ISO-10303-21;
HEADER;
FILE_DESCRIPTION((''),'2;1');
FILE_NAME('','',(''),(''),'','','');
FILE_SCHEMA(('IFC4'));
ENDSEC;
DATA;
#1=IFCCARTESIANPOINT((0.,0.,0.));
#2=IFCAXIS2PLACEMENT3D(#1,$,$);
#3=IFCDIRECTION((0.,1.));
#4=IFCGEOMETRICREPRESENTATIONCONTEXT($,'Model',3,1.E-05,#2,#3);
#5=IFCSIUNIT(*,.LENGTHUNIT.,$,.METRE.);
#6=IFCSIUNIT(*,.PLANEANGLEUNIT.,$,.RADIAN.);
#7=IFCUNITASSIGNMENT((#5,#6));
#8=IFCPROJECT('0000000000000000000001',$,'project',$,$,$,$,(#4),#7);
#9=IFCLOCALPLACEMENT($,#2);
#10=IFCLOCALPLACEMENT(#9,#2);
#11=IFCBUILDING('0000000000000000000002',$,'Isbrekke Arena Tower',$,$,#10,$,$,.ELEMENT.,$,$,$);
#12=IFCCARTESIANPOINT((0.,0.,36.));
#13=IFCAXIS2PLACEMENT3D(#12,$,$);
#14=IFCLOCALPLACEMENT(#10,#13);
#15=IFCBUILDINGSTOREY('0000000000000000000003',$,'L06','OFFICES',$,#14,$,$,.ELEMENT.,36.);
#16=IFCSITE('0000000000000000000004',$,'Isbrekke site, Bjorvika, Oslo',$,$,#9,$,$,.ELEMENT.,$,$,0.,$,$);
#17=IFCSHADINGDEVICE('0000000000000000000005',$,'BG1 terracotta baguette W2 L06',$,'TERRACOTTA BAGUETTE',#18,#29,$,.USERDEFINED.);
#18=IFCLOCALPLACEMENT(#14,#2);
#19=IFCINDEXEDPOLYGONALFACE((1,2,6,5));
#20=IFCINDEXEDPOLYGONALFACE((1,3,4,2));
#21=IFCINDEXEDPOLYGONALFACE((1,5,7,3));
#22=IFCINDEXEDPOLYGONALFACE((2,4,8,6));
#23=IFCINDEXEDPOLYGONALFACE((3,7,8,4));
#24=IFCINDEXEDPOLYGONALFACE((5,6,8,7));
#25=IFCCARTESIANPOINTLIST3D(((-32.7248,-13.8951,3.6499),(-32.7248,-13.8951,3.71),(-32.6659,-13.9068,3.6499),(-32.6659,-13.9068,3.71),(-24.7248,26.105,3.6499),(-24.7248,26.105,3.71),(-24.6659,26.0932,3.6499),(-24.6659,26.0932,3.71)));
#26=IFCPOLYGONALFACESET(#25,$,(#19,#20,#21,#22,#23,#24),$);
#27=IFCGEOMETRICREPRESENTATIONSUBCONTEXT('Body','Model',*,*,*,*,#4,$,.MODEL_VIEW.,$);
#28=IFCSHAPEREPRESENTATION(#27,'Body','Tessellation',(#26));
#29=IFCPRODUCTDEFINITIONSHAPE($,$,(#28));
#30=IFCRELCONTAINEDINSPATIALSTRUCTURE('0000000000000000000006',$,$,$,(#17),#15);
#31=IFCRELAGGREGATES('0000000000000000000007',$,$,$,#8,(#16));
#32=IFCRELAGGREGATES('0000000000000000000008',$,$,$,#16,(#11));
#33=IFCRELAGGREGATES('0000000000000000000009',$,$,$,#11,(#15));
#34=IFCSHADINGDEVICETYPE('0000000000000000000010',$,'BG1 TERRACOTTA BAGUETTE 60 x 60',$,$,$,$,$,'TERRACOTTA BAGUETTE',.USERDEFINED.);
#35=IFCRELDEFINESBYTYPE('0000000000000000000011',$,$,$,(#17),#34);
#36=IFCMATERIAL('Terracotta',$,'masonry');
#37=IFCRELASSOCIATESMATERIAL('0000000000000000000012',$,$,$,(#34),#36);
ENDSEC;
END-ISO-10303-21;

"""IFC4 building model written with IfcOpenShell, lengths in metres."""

from ifc_helpers import new_model, si_unit, direction, frame, origin, origin_2d, place, context, subcontext, project, spatial, rectangle, extrude, material, material_profile, profile_set, type_object, element, save


model = new_model("IFC4")

# Units and contexts
model_context = context("Model", 3, precision=1e-05, world=origin(), true_north=direction((0.0, 1.0)))
body_context = subcontext(model_context, "Body", "Model", "MODEL_VIEW")
ifc_project = project(units=[si_unit("LENGTHUNIT", "METRE"), si_unit("PLANEANGLEUNIT", "RADIAN")], contexts=[model_context])

# Site, building, storey
site_placement = place(None, origin())
site = spatial("IfcSite", under=ifc_project, at=site_placement, Name="Isbrekke site, Bjorvika, Oslo", CompositionType="ELEMENT", RefElevation=0.0)
building_placement = place(site_placement, origin())
building = spatial("IfcBuilding", under=site, at=building_placement, Name="Isbrekke Arena Tower", CompositionType="ELEMENT")
storey_placement = place(building_placement, frame((0.0, 0.0, 36.0)))
storey = spatial("IfcBuildingStorey", under=building, at=storey_placement, Name="L06", Description="OFFICES", CompositionType="ELEMENT", Elevation=36.0)

# Shading device
ifc_material_1 = material(Name="Terracotta", Category="masonry")
ifc_material_profile_1 = material_profile(ifc_material_1, rectangle(XDim=0.0601, YDim=0.0601, at=origin_2d()), Name="BAGUETTE 60X60")
ifc_profile_set_1 = profile_set([ifc_material_profile_1], Name="Terracotta")
shading_device_type = type_object("IfcShadingDeviceType", Name="BG1 TERRACOTTA BAGUETTE 60 x 60", ElementType="TERRACOTTA BAGUETTE", PredefinedType="USERDEFINED", material=ifc_profile_set_1)
for number, where, z_axis, x_axis, name in (
    (1, (-24.6953, 26.0991, 3.6799), (-0.196116, -0.980581, 0.0), (0.980581, -0.196116, 0.0), "BG1 terracotta baguette W2 L06"),
):
    element("IfcShadingDevice", number, at=place(storey_placement, frame(where, z_axis=z_axis, x_axis=x_axis)), inside=storey, type_object=shading_device_type, Name=name, ObjectType="TERRACOTTA BAGUETTE", PredefinedType="USERDEFINED", context=body_context, shape_type="SweptSolid", body=[
        extrude(rectangle(XDim=0.0601, YDim=0.0601, at=origin_2d()), origin(), (0.0, 0.0, 1.0), 40.7922),
    ])

save(model, "model.ifc")
